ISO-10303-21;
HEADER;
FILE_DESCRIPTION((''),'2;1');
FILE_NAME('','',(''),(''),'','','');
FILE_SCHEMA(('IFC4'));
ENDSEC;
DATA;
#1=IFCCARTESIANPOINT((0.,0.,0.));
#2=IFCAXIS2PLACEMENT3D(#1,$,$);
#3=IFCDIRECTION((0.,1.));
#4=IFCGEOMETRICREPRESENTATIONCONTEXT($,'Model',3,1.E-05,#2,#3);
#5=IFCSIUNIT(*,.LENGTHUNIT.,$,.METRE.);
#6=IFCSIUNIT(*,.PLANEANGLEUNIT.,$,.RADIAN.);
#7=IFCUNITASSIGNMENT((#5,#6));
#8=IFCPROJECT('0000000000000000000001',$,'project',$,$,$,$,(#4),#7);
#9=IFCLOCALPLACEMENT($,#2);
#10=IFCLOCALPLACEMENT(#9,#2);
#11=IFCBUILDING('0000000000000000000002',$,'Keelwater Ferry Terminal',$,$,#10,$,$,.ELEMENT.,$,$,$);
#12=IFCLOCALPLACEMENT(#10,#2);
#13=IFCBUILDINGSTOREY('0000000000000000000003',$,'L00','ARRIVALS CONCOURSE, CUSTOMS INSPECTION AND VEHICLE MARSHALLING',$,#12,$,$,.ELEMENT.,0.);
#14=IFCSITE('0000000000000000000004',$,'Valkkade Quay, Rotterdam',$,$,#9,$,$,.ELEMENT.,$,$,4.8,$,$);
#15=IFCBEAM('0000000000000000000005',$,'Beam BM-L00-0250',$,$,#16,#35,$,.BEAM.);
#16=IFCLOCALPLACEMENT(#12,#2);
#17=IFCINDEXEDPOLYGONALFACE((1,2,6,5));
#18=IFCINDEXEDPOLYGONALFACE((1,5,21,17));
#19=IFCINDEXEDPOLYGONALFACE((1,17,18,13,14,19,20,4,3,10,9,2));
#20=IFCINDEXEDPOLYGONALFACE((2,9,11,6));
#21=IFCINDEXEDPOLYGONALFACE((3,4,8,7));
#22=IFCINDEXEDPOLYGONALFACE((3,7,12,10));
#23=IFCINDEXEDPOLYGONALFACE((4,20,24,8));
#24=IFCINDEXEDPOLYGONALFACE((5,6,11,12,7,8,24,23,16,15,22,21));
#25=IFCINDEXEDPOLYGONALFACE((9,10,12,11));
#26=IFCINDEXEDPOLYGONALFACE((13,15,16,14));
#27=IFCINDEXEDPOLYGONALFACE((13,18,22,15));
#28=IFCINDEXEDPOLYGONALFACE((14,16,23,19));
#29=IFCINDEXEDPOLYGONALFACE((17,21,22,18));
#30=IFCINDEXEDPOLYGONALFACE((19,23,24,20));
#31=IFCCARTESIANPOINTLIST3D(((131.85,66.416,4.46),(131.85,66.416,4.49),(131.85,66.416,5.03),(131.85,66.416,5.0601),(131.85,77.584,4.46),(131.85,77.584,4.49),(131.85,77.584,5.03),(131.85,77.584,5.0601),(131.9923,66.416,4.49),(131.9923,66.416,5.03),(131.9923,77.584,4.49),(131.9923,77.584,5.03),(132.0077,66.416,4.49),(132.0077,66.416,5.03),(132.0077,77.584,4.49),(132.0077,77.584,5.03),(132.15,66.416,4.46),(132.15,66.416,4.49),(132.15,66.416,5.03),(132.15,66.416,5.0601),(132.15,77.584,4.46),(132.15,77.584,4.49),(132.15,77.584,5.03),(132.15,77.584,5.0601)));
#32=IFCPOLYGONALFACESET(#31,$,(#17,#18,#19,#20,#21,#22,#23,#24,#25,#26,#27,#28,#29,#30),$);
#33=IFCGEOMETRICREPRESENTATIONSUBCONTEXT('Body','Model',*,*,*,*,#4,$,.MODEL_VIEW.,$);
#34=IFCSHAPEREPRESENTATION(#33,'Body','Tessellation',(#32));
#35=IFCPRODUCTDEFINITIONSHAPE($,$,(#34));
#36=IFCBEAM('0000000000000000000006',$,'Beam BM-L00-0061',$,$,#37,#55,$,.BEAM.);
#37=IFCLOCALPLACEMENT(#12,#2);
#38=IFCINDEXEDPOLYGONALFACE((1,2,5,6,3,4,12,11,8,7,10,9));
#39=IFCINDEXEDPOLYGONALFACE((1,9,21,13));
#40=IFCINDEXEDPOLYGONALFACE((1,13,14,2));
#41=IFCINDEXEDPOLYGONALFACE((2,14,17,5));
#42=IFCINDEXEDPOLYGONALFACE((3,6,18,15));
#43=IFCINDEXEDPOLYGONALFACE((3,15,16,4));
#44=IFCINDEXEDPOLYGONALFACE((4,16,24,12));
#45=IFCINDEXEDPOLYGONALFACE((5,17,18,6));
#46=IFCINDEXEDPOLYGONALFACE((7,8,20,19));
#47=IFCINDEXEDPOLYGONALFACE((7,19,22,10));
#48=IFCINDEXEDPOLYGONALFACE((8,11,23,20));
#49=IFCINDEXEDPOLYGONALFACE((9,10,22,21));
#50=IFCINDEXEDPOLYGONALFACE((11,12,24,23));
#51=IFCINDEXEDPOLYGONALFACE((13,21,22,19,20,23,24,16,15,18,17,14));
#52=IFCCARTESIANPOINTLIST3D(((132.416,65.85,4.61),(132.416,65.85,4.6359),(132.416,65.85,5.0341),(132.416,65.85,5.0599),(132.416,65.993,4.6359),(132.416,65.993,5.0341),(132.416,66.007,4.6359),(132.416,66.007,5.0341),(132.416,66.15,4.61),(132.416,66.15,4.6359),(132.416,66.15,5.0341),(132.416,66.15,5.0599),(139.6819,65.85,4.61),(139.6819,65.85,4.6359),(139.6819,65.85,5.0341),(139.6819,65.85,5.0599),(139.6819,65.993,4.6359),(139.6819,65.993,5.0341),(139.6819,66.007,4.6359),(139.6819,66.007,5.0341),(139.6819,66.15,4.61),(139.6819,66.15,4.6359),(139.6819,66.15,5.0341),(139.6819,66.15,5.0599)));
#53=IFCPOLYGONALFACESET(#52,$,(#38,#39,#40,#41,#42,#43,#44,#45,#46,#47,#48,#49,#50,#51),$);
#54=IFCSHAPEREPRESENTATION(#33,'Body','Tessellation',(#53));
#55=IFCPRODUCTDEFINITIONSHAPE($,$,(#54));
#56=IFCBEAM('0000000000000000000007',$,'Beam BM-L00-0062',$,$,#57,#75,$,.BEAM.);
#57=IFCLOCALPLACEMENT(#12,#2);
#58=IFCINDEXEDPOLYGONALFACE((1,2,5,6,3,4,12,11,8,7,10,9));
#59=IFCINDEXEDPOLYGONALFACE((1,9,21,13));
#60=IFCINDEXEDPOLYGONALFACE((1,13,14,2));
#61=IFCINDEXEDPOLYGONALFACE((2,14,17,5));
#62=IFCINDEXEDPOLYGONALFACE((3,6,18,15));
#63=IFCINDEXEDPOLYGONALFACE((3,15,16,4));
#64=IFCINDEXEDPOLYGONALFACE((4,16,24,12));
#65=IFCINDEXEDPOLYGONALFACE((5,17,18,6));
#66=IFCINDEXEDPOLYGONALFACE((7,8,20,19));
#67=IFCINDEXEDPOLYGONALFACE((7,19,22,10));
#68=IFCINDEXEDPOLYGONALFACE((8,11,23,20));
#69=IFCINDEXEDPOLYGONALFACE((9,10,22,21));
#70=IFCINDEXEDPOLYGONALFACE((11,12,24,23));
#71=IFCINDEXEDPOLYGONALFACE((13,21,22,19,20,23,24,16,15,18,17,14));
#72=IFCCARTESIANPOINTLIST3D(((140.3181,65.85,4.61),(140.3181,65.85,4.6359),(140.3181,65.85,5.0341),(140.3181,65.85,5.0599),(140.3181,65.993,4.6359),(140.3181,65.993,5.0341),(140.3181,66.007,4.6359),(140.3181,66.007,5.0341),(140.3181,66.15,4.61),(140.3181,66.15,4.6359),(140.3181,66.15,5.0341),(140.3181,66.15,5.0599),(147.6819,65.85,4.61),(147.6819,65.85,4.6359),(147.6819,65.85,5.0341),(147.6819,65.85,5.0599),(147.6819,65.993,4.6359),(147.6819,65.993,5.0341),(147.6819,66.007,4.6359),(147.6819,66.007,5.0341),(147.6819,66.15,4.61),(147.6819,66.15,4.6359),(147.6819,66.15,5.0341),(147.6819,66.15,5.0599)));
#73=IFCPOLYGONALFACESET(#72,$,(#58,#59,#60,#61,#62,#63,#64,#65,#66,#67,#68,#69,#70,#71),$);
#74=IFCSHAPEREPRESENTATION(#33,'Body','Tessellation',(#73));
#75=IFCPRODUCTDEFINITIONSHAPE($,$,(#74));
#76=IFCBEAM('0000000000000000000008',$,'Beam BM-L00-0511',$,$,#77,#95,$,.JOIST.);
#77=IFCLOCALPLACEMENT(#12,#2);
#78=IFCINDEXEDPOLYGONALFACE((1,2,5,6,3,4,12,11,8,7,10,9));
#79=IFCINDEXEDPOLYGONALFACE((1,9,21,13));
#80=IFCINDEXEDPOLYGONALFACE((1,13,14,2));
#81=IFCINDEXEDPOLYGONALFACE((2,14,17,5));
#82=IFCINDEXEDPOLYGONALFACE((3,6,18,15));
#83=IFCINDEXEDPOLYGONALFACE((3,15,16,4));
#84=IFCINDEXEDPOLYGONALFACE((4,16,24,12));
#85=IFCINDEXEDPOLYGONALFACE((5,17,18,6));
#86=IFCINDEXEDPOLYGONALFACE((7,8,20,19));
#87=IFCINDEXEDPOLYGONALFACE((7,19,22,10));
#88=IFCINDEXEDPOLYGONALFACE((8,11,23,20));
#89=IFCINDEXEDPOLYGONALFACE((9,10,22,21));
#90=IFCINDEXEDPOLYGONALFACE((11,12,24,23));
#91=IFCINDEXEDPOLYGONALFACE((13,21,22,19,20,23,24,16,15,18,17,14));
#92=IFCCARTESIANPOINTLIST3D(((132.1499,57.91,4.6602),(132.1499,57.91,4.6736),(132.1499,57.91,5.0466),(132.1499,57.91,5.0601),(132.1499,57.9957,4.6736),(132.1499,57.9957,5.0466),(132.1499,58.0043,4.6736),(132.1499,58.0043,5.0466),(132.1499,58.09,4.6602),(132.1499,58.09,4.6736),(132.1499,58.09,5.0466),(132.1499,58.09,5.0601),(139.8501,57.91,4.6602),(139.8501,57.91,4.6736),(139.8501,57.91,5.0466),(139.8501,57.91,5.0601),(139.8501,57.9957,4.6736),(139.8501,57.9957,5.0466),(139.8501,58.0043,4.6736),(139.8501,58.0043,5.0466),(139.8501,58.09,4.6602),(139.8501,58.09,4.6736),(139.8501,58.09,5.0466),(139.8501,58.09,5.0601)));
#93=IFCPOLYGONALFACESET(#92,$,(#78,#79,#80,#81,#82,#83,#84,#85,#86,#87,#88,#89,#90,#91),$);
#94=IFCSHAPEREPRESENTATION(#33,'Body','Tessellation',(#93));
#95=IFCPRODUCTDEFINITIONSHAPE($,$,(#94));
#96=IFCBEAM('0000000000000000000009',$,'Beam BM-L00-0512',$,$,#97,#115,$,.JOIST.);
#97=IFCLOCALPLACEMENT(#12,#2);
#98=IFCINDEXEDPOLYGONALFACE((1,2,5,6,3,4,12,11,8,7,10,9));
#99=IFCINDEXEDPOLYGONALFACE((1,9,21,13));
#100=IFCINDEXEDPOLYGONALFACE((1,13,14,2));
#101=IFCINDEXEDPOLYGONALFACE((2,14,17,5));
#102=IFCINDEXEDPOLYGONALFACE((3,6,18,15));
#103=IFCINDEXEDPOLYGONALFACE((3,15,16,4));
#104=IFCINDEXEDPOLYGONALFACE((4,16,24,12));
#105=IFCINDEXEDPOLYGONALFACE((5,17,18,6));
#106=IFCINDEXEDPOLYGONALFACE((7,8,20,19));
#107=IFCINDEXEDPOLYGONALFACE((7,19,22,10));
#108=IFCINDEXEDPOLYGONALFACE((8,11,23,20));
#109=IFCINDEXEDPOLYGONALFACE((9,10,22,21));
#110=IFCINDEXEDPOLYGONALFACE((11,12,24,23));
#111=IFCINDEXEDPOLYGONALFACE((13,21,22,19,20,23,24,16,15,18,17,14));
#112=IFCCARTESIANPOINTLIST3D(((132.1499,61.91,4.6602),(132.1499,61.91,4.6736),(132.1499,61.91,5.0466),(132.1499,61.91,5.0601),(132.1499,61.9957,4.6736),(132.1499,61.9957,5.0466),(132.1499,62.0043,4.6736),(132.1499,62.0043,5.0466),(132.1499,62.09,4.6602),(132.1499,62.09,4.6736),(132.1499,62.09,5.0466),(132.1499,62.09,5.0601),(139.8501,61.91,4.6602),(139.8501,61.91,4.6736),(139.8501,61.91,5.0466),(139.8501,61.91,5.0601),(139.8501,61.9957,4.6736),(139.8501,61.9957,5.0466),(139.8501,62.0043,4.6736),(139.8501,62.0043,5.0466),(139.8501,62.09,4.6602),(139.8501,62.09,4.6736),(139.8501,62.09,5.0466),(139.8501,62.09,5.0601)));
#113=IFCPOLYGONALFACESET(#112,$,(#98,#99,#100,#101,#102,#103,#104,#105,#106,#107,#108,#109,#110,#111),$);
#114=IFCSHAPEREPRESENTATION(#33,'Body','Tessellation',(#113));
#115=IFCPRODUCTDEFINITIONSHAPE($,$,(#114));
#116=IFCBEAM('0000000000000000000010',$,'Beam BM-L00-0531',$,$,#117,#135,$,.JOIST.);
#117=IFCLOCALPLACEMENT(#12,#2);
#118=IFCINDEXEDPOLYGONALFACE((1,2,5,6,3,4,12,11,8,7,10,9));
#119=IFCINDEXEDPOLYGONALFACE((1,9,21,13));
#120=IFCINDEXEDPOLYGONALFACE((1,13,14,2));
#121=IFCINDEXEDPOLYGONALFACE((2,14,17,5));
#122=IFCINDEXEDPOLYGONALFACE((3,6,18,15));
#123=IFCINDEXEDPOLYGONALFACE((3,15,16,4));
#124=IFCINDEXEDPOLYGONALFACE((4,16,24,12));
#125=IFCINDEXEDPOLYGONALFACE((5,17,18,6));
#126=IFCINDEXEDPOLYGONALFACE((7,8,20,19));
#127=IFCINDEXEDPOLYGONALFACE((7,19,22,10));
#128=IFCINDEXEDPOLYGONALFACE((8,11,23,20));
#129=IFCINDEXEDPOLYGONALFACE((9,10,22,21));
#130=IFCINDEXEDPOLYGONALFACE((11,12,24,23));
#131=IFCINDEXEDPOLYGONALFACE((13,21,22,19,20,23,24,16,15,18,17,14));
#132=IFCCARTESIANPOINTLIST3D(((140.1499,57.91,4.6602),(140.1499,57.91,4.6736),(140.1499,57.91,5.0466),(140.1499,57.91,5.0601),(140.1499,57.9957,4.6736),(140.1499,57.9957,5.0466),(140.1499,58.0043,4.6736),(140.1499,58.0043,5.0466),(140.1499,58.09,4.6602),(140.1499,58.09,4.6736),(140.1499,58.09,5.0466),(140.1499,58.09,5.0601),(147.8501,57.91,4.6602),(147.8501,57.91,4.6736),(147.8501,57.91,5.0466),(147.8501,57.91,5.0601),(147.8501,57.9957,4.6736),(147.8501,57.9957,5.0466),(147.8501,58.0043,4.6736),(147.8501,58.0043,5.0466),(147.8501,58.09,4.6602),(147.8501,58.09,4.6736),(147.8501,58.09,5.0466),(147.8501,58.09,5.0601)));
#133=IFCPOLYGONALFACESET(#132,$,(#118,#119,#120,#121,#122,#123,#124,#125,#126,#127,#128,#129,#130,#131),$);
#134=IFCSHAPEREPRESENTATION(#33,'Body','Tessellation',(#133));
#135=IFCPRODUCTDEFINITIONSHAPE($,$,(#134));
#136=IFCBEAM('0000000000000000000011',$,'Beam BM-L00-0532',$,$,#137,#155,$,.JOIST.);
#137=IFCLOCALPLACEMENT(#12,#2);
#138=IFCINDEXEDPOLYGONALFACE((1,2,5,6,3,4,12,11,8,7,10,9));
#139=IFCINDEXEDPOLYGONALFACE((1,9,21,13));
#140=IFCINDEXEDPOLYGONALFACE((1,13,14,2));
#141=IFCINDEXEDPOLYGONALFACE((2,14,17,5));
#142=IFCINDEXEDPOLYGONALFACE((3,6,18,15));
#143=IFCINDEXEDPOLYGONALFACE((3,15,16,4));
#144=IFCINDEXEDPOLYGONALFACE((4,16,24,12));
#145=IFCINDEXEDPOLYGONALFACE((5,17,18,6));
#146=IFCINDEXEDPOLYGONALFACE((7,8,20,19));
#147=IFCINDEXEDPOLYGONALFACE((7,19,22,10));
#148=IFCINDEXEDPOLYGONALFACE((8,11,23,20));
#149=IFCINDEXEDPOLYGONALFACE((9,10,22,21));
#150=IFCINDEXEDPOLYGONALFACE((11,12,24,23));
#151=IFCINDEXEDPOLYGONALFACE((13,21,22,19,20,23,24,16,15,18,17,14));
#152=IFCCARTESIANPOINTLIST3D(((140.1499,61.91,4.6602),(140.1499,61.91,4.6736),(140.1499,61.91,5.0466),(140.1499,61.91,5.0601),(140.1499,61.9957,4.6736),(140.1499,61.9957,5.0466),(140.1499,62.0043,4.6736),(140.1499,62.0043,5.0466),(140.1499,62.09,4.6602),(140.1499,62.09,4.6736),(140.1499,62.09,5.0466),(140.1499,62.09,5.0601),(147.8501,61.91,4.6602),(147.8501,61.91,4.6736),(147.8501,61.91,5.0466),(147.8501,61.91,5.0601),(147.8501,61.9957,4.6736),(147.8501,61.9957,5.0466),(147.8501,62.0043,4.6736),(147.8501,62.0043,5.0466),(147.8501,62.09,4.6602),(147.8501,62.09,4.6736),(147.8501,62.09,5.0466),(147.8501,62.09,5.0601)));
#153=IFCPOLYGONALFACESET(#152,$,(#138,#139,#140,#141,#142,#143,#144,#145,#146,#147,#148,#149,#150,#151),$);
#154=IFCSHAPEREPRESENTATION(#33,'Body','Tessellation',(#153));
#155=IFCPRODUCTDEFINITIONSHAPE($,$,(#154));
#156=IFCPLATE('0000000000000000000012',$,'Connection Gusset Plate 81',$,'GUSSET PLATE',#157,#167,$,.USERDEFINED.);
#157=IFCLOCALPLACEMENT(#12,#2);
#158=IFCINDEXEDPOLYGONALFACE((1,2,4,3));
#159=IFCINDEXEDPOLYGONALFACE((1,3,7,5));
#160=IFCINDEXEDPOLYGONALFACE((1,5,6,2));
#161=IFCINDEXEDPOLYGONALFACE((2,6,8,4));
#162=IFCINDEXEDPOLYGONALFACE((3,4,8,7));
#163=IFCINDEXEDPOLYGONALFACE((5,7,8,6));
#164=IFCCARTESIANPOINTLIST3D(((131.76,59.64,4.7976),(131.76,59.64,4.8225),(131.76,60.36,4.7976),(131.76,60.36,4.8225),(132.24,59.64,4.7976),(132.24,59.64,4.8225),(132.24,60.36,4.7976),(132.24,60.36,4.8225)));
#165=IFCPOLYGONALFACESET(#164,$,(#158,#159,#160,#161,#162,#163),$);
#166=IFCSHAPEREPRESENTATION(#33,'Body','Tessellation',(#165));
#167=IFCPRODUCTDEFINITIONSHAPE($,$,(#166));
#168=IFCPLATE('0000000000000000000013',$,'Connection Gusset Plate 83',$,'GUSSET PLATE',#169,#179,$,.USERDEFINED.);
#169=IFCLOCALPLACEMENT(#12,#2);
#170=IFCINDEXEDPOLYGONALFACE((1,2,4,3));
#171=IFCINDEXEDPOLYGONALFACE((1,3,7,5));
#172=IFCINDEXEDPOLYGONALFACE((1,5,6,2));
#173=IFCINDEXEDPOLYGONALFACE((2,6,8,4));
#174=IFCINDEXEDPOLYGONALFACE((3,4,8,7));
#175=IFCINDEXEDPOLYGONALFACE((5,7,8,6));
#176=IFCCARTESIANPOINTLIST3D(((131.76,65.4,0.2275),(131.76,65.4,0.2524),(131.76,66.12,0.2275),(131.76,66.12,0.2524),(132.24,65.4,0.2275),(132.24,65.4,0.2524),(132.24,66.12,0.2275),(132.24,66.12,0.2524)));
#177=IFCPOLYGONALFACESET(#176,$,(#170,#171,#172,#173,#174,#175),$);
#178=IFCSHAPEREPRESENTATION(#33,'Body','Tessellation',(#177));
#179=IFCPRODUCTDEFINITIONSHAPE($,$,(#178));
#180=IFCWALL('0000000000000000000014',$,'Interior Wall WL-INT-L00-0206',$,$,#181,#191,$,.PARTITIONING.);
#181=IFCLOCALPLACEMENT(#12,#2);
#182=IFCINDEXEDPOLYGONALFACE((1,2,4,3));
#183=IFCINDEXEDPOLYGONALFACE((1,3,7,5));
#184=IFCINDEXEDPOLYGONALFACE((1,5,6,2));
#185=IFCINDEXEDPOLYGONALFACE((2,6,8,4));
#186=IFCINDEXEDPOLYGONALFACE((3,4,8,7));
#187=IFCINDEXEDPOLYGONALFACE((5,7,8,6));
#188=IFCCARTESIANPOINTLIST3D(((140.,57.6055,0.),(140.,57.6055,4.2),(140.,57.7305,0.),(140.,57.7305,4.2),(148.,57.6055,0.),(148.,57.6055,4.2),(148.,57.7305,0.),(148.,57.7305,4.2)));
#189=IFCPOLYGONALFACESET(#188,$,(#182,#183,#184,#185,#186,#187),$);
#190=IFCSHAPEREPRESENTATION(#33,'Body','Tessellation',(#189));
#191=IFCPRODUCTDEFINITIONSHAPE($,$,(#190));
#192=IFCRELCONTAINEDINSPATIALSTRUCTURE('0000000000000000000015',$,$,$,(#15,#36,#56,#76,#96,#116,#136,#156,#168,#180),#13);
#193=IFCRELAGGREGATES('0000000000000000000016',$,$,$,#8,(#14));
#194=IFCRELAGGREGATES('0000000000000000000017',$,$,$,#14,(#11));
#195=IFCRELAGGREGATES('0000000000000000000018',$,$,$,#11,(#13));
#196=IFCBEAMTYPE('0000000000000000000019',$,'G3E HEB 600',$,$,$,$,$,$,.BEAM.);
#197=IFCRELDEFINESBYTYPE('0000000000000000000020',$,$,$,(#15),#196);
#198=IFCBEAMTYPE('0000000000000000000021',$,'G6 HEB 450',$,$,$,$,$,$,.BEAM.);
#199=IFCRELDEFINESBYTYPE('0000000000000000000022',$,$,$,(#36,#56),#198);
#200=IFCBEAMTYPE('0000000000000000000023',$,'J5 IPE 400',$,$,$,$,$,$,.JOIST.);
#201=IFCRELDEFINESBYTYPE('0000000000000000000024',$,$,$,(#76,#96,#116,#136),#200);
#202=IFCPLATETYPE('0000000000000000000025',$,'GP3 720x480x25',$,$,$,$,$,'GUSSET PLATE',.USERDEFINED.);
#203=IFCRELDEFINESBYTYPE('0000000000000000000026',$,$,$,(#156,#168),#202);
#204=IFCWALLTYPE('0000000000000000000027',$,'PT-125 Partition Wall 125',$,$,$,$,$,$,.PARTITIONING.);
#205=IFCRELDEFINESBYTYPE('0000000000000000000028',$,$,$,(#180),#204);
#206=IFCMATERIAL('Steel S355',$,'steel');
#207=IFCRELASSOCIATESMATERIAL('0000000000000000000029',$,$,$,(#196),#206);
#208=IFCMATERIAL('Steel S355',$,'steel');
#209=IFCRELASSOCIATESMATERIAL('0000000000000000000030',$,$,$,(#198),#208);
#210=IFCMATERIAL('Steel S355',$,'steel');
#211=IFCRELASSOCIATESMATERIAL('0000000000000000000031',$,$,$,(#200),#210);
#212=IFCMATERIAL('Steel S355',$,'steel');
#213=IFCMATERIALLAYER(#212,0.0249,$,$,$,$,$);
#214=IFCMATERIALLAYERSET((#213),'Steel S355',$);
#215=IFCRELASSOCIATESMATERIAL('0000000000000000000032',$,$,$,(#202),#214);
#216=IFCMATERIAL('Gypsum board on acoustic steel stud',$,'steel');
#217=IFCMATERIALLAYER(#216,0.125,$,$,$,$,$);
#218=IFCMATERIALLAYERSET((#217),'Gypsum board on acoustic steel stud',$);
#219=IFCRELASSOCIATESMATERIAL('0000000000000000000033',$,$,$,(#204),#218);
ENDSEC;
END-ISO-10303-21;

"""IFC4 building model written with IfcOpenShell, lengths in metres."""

from ifc_helpers import new_model, si_unit, direction, frame, frame_2d, origin, origin_2d, place, context, subcontext, project, spatial, rectangle, i_section, extrude, material, layer, layer_set, material_profile, profile_set, type_object, element, save


model = new_model("IFC4")

# Units and contexts
model_context = context("Model", 3, precision=1e-05, world=origin(), true_north=direction((0.0, 1.0)))
body_context = subcontext(model_context, "Body", "Model", "MODEL_VIEW")
ifc_project = project(units=[si_unit("LENGTHUNIT", "METRE"), si_unit("PLANEANGLEUNIT", "RADIAN")], contexts=[model_context])

# Site, building, storey
site_placement = place(None, origin())
site = spatial("IfcSite", under=ifc_project, at=site_placement, Name="Valkkade Quay, Rotterdam", CompositionType="ELEMENT", RefElevation=4.8)
building_placement = place(site_placement, origin())
building = spatial("IfcBuilding", under=site, at=building_placement, Name="Keelwater Ferry Terminal", CompositionType="ELEMENT")
storey_placement = place(building_placement, origin())
storey = spatial("IfcBuildingStorey", under=building, at=storey_placement, Name="L00", Description="ARRIVALS CONCOURSE, CUSTOMS INSPECTION AND VEHICLE MARSHALLING", CompositionType="ELEMENT", Elevation=0.0)

# Beams
ifc_material_1 = material(Name="Steel S355", Category="steel")
ifc_material_profile_1 = material_profile(ifc_material_1, i_section(OverallWidth=0.3, OverallDepth=0.6001, WebThickness=0.0154, FlangeThickness=0.03, at=origin_2d()), Name="HEB 600")
ifc_profile_set_1 = profile_set([ifc_material_profile_1], Name="Steel S355")
beam_type_1 = type_object("IfcBeamType", Name="G3E HEB 600", PredefinedType="BEAM", material=ifc_profile_set_1)
beam_1_placement = place(storey_placement, frame((132.0, 66.416, 4.76), z_axis=(0.0, 1.0, 0.0), x_axis=(-1.0, 0.0, 0.0)))
element("IfcBeam", 1, at=beam_1_placement, inside=storey, type_object=beam_type_1, Name="Beam BM-L00-0250", PredefinedType="BEAM", context=body_context, shape_type="SweptSolid", body=[
    extrude(i_section(OverallWidth=0.3, OverallDepth=0.6001, WebThickness=0.0154, FlangeThickness=0.03, at=origin_2d()), origin(), (0.0, 0.0, 1.0), 11.168),
])
ifc_material_2 = material(Name="Steel S355", Category="steel")
ifc_material_profile_2 = material_profile(ifc_material_2, i_section(OverallWidth=0.3, OverallDepth=0.45, WebThickness=0.0139, FlangeThickness=0.0259, at=origin_2d()), Name="HEB 450")
ifc_profile_set_2 = profile_set([ifc_material_profile_2], Name="Steel S355")
beam_type_2 = type_object("IfcBeamType", Name="G6 HEB 450", PredefinedType="BEAM", material=ifc_profile_set_2)
beam_2_placement = place(storey_placement, frame((132.416, 66.0, 4.835), z_axis=(1.0, 0.0, 0.0), x_axis=(0.0, 1.0, 0.0)))
element("IfcBeam", 2, at=beam_2_placement, inside=storey, type_object=beam_type_2, Name="Beam BM-L00-0061", PredefinedType="BEAM", context=body_context, shape_type="SweptSolid", body=[
    extrude(i_section(OverallWidth=0.3, OverallDepth=0.45, WebThickness=0.0139, FlangeThickness=0.0259, at=origin_2d()), origin(), (0.0, 0.0, 1.0), 7.2659),
])
beam_3_placement = place(storey_placement, frame((140.3181, 66.0, 4.835), z_axis=(1.0, 0.0, 0.0), x_axis=(0.0, 1.0, 0.0)))
element("IfcBeam", 3, at=beam_3_placement, inside=storey, type_object=beam_type_2, Name="Beam BM-L00-0062", PredefinedType="BEAM", context=body_context, shape_type="SweptSolid", body=[
    extrude(i_section(OverallWidth=0.3, OverallDepth=0.45, WebThickness=0.0139, FlangeThickness=0.0259, at=origin_2d()), origin(), (0.0, 0.0, 1.0), 7.3638),
])
ifc_material_3 = material(Name="Steel S355", Category="steel")
ifc_material_profile_3 = material_profile(ifc_material_3, i_section(OverallWidth=0.1799, OverallDepth=0.3999, WebThickness=0.0085, FlangeThickness=0.0134, at=origin_2d()), Name="IPE 400")
ifc_profile_set_3 = profile_set([ifc_material_profile_3], Name="Steel S355")
beam_type_3 = type_object("IfcBeamType", Name="J5 IPE 400", PredefinedType="JOIST", material=ifc_profile_set_3)
for number, where, z_axis, x_axis, name in (
    (4, (132.1499, 58.0, 4.8601), (1.0, 0.0, 0.0), (0.0, 1.0, 0.0), "Beam BM-L00-0511"),
    (5, (132.1499, 62.0, 4.8601), (1.0, 0.0, 0.0), (0.0, 1.0, 0.0), "Beam BM-L00-0512"),
    (6, (140.1499, 58.0, 4.8601), (1.0, 0.0, 0.0), (0.0, 1.0, 0.0), "Beam BM-L00-0531"),
    (7, (140.1499, 62.0, 4.8601), (1.0, 0.0, 0.0), (0.0, 1.0, 0.0), "Beam BM-L00-0532"),
):
    element("IfcBeam", number, at=place(storey_placement, frame(where, z_axis=z_axis, x_axis=x_axis)), inside=storey, type_object=beam_type_3, Name=name, PredefinedType="JOIST", context=body_context, shape_type="SweptSolid", body=[
        extrude(i_section(OverallWidth=0.1799, OverallDepth=0.3999, WebThickness=0.0085, FlangeThickness=0.0134, at=origin_2d()), origin(), (0.0, 0.0, 1.0), 7.7002),
    ])

# Plates
ifc_material_4 = material(Name="Steel S355", Category="steel")
ifc_layer_1 = layer(ifc_material_4, 0.0249)
ifc_layer_set_1 = layer_set([ifc_layer_1], Name="Steel S355")
plate_type = type_object("IfcPlateType", Name="GP3 720x480x25", ElementType="GUSSET PLATE", PredefinedType="USERDEFINED", material=ifc_layer_set_1)
for number, where, z_axis, x_axis, name in (
    (8, (132.0, 60.0, 4.7976), (0.0, 0.0, 1.0), (0.0, 1.0, 0.0), "Connection Gusset Plate 81"),
    (9, (132.0, 65.76, 0.2275), (0.0, 0.0, 1.0), (0.0, 1.0, 0.0), "Connection Gusset Plate 83"),
):
    element("IfcPlate", number, at=place(storey_placement, frame(where, z_axis=z_axis, x_axis=x_axis)), inside=storey, type_object=plate_type, Name=name, ObjectType="GUSSET PLATE", PredefinedType="USERDEFINED", context=body_context, shape_type="SweptSolid", body=[
        extrude(rectangle(XDim=0.72, YDim=0.48, at=origin_2d()), origin(), (0.0, 0.0, 1.0), 0.0249),
    ])

# Wall
ifc_material_5 = material(Name="Gypsum board on acoustic steel stud", Category="steel")
ifc_layer_2 = layer(ifc_material_5, 0.125)
ifc_layer_set_2 = layer_set([ifc_layer_2], Name="Gypsum board on acoustic steel stud")
wall_type_1 = type_object("IfcWallType", Name="PT-125 Partition Wall 125", PredefinedType="PARTITIONING", material=ifc_layer_set_2)
for number, where, z_axis, x_axis, name in (
    (10, (140.0, 57.668, 0.0), (0.0, 0.0, 1.0), (1.0, 0.0, 0.0), "Interior Wall WL-INT-L00-0206"),
):
    element("IfcWall", number, at=place(storey_placement, frame(where, z_axis=z_axis, x_axis=x_axis)), inside=storey, type_object=wall_type_1, Name=name, PredefinedType="PARTITIONING", context=body_context, shape_type="SweptSolid", body=[
        extrude(rectangle(XDim=8.0, YDim=0.125, at=frame_2d((4.0, 0.0))), origin(), (0.0, 0.0, 1.0), 4.2),
    ])

save(model, "model.ifc")
